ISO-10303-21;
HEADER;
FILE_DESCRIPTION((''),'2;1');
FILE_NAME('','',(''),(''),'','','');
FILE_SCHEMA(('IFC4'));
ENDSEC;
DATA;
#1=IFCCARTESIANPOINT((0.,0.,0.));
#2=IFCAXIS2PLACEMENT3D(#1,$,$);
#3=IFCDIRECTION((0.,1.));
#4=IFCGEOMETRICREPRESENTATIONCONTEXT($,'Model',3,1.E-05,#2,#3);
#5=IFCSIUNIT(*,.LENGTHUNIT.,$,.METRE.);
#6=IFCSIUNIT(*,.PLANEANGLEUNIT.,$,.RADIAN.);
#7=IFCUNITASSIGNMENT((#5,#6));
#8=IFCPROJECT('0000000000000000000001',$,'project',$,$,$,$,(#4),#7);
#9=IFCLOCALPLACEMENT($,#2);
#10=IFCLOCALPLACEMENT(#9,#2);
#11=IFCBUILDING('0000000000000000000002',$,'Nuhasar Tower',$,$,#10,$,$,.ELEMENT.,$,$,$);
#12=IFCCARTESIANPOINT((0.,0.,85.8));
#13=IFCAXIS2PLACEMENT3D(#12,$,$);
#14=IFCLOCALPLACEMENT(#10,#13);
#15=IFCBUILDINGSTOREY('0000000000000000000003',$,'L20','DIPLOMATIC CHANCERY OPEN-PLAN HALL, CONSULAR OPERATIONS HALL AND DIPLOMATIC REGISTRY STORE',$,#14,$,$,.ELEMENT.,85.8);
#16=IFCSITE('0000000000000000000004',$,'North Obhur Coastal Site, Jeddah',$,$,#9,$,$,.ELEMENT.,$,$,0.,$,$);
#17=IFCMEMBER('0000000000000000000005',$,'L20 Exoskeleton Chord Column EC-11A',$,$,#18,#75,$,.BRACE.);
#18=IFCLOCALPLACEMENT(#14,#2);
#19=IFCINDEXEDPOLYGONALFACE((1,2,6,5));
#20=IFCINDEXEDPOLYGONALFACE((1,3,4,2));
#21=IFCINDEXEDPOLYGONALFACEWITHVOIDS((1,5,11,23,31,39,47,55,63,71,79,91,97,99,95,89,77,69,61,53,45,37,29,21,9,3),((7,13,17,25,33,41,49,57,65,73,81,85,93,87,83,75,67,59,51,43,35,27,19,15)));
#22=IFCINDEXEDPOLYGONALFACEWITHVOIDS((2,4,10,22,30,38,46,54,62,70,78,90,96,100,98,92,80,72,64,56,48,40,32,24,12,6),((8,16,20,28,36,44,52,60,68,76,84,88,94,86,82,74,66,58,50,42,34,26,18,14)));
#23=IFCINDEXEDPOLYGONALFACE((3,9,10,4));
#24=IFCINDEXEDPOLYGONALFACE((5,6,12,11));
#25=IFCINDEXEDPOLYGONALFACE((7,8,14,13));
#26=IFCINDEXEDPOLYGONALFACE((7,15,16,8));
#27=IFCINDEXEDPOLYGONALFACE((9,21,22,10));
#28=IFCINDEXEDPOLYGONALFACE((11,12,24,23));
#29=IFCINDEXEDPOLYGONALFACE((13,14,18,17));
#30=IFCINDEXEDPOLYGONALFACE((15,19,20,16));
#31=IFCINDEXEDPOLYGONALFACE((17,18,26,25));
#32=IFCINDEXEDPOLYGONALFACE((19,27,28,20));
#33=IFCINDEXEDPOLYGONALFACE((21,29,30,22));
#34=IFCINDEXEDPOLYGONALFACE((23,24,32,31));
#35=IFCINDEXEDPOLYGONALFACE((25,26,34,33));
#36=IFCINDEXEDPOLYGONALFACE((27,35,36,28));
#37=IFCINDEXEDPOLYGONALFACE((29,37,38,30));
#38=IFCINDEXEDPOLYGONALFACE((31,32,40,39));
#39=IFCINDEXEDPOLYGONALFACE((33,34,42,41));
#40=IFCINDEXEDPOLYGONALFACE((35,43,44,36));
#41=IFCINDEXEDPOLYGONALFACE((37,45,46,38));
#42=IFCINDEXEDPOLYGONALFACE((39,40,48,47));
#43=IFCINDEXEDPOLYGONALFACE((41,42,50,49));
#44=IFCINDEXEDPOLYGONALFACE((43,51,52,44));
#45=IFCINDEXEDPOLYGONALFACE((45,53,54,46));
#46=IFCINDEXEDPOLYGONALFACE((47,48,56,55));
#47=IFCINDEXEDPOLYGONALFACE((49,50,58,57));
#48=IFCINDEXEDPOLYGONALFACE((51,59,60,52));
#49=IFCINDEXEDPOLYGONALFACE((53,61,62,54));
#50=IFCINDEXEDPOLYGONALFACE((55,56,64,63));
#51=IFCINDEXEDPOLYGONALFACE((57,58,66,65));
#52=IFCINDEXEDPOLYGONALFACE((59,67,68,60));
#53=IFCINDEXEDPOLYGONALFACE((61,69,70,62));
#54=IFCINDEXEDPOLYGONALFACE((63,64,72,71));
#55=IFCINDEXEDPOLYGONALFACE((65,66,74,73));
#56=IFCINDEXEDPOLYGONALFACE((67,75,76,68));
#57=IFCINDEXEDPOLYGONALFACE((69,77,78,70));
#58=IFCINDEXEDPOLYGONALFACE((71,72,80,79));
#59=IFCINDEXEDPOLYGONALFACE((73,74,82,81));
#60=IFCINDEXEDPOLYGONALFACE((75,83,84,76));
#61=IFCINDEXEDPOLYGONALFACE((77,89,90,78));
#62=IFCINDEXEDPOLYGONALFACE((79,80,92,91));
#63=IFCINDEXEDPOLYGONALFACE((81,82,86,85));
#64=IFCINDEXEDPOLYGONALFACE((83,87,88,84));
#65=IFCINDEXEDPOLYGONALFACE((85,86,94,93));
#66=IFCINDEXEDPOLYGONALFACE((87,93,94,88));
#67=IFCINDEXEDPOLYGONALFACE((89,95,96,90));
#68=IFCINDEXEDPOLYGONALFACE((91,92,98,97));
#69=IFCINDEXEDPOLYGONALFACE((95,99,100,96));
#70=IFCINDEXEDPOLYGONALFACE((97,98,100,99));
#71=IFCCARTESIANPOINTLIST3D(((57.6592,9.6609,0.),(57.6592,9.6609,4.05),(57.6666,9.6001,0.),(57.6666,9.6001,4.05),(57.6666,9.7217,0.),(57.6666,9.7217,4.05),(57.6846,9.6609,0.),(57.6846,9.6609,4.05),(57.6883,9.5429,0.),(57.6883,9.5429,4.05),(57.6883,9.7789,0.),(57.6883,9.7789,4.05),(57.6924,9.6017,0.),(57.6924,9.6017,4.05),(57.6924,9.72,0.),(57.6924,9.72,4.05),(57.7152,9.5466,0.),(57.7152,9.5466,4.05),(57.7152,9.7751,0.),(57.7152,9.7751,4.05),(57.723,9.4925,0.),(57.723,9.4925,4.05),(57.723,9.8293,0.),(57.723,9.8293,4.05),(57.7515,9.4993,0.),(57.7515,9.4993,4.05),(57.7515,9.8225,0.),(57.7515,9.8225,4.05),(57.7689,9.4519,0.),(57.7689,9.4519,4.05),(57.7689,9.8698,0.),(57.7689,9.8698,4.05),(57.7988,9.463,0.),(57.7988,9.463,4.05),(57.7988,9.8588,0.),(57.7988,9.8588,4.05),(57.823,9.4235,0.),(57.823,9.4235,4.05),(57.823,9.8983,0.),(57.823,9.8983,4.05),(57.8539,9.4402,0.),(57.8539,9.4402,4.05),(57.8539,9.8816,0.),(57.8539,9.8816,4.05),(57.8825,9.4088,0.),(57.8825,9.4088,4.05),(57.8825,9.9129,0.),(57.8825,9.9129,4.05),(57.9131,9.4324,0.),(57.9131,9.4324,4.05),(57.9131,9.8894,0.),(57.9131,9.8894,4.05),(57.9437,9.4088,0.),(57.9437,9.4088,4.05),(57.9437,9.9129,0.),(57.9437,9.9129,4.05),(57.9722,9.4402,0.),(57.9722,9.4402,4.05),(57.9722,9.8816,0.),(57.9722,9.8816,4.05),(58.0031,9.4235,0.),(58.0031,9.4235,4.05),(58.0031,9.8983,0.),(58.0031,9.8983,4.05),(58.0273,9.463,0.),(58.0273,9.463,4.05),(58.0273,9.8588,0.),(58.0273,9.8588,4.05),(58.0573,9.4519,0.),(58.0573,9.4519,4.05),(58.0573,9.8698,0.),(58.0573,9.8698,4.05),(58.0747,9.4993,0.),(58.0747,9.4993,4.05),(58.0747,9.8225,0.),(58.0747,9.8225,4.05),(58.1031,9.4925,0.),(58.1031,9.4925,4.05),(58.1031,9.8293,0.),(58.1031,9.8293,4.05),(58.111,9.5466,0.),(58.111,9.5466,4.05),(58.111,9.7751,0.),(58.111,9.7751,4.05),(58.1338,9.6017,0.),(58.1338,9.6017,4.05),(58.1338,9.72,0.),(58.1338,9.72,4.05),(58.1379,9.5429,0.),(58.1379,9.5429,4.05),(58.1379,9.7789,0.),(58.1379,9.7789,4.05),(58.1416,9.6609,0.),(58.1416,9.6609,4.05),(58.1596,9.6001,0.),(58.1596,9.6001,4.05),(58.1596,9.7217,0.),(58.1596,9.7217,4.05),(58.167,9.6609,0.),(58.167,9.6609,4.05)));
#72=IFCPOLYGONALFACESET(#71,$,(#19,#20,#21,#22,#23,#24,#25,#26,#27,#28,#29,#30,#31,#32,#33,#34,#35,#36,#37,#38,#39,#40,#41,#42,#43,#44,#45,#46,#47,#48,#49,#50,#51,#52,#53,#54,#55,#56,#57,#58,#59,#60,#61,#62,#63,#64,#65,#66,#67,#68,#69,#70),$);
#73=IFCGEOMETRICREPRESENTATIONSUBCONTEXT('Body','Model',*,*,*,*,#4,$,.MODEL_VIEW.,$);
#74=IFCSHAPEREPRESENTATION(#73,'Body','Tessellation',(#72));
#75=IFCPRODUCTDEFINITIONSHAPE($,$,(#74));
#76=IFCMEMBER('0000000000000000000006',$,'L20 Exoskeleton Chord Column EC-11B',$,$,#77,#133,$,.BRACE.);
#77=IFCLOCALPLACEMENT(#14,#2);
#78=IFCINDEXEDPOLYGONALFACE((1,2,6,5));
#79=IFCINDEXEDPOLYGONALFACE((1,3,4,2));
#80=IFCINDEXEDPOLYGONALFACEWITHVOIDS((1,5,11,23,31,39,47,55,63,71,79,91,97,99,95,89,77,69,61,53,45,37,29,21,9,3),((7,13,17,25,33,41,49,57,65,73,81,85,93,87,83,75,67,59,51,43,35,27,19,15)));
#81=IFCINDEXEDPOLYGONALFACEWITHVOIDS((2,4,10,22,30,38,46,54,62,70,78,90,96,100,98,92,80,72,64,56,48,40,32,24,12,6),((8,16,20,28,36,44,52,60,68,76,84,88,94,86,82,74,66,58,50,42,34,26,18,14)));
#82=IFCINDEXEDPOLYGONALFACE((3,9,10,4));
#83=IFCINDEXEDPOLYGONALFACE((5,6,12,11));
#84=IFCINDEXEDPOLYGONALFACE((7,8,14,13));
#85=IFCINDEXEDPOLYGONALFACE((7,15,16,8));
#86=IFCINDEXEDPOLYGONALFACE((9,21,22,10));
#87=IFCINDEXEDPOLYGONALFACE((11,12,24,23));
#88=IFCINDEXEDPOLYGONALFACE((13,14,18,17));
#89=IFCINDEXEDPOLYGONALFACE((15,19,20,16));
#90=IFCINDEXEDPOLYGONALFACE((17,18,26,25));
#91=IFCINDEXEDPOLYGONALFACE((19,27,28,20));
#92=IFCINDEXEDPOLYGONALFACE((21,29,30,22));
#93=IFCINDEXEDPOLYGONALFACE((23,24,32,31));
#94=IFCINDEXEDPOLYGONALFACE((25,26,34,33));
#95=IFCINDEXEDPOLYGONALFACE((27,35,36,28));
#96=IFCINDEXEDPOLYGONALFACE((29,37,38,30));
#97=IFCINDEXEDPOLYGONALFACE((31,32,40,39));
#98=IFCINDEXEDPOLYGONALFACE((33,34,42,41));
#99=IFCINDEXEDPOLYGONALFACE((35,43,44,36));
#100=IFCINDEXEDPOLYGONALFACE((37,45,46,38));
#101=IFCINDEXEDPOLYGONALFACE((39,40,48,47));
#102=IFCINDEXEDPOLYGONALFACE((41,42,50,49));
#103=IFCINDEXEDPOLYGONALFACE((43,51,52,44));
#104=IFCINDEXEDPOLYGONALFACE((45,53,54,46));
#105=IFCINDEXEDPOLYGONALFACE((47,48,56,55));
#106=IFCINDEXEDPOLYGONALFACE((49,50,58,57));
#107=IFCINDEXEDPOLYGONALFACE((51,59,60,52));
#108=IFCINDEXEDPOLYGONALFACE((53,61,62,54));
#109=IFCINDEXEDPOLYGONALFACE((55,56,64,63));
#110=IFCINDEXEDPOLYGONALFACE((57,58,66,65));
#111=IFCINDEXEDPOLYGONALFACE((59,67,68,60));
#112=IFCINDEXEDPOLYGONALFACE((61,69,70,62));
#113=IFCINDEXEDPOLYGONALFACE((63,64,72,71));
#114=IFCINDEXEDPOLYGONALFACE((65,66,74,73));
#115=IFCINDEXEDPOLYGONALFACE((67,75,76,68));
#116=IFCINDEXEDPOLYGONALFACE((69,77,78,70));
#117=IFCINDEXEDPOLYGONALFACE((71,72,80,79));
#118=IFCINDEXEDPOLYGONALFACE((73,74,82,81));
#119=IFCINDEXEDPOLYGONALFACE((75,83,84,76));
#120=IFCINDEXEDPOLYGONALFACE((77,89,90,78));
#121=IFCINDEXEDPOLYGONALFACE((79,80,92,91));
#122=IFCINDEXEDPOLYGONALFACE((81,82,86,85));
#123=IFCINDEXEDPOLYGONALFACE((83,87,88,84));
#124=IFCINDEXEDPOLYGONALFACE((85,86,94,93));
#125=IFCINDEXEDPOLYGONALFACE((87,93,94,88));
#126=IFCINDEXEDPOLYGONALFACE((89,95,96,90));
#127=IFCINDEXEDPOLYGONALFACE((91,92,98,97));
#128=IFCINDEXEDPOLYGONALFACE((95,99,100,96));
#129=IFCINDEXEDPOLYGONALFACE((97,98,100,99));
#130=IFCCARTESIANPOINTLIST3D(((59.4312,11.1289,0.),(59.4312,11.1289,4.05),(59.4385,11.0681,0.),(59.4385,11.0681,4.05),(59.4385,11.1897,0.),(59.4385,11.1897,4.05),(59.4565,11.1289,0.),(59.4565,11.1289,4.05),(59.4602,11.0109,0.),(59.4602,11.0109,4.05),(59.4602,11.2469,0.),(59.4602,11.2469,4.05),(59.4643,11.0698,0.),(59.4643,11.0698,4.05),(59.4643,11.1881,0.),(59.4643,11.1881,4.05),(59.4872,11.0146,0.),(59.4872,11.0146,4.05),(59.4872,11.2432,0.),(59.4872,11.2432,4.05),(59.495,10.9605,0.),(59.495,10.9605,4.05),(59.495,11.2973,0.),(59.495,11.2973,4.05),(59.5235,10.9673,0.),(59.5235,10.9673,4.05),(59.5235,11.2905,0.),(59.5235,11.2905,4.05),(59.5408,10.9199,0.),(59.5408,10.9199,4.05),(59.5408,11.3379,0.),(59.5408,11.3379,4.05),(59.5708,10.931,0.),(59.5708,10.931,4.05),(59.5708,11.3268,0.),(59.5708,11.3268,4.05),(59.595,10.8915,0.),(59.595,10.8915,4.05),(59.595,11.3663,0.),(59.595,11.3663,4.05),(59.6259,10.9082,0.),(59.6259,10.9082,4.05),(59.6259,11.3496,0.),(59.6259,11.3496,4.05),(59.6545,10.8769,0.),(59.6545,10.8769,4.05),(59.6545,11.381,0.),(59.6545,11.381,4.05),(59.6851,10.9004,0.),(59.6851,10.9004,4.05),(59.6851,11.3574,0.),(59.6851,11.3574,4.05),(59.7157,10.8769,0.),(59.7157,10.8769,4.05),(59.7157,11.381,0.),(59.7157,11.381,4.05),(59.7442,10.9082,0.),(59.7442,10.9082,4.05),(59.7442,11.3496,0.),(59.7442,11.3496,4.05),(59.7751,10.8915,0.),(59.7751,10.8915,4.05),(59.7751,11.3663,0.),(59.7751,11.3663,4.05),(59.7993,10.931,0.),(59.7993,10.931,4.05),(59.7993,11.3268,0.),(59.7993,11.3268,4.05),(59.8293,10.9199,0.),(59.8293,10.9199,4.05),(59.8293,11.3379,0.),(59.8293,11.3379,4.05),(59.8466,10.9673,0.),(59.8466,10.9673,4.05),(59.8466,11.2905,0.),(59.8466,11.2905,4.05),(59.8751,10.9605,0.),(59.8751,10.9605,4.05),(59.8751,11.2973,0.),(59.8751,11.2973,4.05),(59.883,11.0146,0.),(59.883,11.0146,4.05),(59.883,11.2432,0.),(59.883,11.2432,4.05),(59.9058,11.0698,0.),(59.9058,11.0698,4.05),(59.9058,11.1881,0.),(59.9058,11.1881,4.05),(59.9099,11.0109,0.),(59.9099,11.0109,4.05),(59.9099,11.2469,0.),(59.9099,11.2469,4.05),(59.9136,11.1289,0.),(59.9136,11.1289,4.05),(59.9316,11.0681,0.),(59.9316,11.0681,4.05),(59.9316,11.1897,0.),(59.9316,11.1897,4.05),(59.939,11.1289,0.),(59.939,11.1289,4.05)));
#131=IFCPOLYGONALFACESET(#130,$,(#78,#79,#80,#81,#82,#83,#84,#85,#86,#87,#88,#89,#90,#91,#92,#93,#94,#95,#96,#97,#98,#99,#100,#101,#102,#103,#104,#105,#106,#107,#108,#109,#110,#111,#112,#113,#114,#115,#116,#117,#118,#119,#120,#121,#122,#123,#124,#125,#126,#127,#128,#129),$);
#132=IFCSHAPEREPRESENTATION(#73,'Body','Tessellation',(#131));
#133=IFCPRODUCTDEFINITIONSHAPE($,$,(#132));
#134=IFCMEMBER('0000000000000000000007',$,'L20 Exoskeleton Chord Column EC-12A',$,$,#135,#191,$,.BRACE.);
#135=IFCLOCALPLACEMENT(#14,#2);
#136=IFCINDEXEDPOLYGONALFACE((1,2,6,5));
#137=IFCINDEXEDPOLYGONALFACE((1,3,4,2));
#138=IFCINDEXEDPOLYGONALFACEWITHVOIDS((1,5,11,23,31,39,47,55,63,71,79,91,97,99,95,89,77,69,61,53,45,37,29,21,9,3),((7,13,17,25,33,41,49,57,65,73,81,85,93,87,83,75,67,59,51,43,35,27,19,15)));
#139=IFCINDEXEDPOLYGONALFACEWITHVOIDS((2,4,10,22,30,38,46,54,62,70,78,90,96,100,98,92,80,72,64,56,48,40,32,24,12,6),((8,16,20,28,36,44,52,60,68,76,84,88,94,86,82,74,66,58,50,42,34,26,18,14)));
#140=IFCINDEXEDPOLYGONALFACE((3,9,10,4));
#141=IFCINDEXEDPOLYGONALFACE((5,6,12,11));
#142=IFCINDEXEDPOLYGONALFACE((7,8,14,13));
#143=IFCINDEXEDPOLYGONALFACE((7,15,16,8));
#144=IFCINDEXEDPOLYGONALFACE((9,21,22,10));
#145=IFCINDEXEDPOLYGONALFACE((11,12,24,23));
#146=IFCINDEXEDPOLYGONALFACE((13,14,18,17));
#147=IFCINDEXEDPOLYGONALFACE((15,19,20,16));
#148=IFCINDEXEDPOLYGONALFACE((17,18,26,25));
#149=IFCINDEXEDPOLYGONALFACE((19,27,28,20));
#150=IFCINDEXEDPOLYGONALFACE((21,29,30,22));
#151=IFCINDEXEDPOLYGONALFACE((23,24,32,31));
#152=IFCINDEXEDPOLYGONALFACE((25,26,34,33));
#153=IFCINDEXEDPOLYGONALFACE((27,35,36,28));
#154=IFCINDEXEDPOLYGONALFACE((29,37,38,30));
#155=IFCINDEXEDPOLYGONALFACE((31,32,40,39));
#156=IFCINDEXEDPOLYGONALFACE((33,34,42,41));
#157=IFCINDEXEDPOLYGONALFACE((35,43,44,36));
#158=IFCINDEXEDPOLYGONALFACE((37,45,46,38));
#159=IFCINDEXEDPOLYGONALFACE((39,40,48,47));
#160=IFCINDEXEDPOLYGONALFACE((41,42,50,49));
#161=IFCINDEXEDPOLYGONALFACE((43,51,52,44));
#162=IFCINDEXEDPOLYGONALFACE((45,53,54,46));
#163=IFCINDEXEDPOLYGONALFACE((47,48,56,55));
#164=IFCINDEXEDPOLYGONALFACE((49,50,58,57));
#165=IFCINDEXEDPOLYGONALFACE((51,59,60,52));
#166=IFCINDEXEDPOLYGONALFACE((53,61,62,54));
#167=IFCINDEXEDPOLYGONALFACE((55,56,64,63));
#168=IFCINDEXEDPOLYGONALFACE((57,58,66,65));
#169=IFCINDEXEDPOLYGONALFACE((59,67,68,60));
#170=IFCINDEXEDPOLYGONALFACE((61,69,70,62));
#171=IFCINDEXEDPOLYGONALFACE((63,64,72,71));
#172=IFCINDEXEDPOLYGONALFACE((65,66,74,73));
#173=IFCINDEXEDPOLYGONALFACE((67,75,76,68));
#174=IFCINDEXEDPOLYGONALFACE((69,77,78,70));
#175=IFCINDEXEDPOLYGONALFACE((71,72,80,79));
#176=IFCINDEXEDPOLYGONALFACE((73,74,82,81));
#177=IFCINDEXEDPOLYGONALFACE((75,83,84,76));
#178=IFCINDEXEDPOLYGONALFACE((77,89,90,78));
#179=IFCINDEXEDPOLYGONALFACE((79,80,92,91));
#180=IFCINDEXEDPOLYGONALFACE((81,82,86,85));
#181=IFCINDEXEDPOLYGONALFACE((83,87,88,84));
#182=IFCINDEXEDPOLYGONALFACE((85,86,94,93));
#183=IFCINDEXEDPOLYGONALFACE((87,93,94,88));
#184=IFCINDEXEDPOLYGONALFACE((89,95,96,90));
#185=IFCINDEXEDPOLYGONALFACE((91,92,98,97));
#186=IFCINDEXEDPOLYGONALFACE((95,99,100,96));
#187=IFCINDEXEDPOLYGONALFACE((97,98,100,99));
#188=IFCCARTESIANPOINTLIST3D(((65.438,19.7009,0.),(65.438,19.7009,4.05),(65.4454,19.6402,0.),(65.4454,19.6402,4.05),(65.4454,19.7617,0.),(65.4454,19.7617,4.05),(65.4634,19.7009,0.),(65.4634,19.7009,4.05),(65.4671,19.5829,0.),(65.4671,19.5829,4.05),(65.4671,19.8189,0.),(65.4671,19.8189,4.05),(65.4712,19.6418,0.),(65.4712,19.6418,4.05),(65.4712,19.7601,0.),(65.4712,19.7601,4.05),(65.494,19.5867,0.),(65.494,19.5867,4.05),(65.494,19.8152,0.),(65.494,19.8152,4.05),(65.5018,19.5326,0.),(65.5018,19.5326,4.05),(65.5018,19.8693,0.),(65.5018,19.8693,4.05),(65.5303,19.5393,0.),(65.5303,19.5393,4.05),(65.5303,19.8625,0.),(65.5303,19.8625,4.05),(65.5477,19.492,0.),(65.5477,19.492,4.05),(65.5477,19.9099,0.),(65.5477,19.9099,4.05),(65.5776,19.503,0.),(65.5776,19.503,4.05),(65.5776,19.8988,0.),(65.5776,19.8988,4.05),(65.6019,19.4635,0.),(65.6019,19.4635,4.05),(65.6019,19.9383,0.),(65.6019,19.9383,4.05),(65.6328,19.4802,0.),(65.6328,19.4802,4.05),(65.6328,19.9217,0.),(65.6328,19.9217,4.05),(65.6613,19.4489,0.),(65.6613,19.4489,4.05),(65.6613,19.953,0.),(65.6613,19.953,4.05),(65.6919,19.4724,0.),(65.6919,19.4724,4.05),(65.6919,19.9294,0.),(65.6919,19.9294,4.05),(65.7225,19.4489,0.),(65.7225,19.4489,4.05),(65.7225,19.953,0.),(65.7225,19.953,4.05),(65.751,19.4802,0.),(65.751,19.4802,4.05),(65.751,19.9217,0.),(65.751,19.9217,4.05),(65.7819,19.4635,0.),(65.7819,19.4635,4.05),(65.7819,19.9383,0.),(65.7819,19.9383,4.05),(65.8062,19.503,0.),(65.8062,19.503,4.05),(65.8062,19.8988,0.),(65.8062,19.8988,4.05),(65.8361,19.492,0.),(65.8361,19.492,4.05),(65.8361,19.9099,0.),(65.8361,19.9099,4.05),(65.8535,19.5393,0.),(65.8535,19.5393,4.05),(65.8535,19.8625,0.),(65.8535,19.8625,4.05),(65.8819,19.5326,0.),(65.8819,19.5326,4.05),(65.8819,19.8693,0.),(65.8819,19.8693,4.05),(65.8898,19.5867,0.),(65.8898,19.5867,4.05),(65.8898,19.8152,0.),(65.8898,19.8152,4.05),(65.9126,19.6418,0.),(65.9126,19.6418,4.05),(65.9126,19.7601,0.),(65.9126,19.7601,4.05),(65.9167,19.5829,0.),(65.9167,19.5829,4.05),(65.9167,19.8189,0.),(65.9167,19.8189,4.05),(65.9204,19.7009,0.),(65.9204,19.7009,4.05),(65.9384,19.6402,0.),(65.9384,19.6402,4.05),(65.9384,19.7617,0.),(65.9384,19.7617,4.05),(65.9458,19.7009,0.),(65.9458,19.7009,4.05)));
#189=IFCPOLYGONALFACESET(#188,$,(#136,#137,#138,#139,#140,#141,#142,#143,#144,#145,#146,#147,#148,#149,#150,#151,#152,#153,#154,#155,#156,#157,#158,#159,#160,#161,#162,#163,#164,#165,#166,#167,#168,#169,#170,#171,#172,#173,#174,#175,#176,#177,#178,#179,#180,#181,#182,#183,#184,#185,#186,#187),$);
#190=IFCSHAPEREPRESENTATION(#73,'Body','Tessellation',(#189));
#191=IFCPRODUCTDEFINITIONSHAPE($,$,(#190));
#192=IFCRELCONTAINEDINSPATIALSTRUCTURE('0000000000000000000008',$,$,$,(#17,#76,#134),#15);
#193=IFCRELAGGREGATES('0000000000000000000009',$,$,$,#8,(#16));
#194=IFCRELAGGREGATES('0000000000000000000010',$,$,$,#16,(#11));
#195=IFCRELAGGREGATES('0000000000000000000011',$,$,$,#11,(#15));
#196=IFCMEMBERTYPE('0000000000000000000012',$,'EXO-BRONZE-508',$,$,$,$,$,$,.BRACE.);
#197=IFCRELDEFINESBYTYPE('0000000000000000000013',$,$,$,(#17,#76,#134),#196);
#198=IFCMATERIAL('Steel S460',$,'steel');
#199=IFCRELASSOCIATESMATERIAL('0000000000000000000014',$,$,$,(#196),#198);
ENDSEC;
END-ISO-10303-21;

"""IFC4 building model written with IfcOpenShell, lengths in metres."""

from ifc_helpers import new_model, si_unit, direction, frame, origin, origin_2d, place, context, subcontext, project, spatial, hollow_circle, extrude, material, material_profile, profile_set, type_object, element, save


model = new_model("IFC4")

# Units and contexts
model_context = context("Model", 3, precision=1e-05, world=origin(), true_north=direction((0.0, 1.0)))
body_context = subcontext(model_context, "Body", "Model", "MODEL_VIEW")
ifc_project = project(units=[si_unit("LENGTHUNIT", "METRE"), si_unit("PLANEANGLEUNIT", "RADIAN")], contexts=[model_context])

# Site, building, storey
site_placement = place(None, origin())
site = spatial("IfcSite", under=ifc_project, at=site_placement, Name="North Obhur Coastal Site, Jeddah", CompositionType="ELEMENT", RefElevation=0.0)
building_placement = place(site_placement, origin())
building = spatial("IfcBuilding", under=site, at=building_placement, Name="Nuhasar Tower", CompositionType="ELEMENT")
storey_placement = place(building_placement, frame((0.0, 0.0, 85.8)))
storey = spatial("IfcBuildingStorey", under=building, at=storey_placement, Name="L20", Description="DIPLOMATIC CHANCERY OPEN-PLAN HALL, CONSULAR OPERATIONS HALL AND DIPLOMATIC REGISTRY STORE", CompositionType="ELEMENT", Elevation=85.8)

# Members
ifc_material_1 = material(Name="Steel S460", Category="steel")
ifc_material_profile_1 = material_profile(ifc_material_1, hollow_circle(Radius=0.2539, WallThickness=0.0254, at=origin_2d()), Name="HSS508X25.4")
ifc_profile_set_1 = profile_set([ifc_material_profile_1], Name="Steel S460")
member_type_1 = type_object("IfcMemberType", Name="EXO-BRONZE-508", PredefinedType="BRACE", material=ifc_profile_set_1)
for number, where, z_axis, x_axis, name in (
    (1, (57.9131, 9.6609, 0.0), (0.0, 0.0, 1.0), (1.0, 0.0, 0.0), "L20 Exoskeleton Chord Column EC-11A"),
    (2, (59.6851, 11.1289, 0.0), (0.0, 0.0, 1.0), (1.0, 0.0, 0.0), "L20 Exoskeleton Chord Column EC-11B"),
    (3, (65.6919, 19.7009, 0.0), (0.0, 0.0, 1.0), (1.0, 0.0, 0.0), "L20 Exoskeleton Chord Column EC-12A"),
):
    element("IfcMember", number, at=place(storey_placement, frame(where, z_axis=z_axis, x_axis=x_axis)), inside=storey, type_object=member_type_1, Name=name, PredefinedType="BRACE", context=body_context, shape_type="SweptSolid", body=[
        extrude(hollow_circle(Radius=0.2539, WallThickness=0.0254, at=origin_2d()), origin(), (0.0, 0.0, 1.0), 4.05),
    ])

save(model, "model.ifc")
